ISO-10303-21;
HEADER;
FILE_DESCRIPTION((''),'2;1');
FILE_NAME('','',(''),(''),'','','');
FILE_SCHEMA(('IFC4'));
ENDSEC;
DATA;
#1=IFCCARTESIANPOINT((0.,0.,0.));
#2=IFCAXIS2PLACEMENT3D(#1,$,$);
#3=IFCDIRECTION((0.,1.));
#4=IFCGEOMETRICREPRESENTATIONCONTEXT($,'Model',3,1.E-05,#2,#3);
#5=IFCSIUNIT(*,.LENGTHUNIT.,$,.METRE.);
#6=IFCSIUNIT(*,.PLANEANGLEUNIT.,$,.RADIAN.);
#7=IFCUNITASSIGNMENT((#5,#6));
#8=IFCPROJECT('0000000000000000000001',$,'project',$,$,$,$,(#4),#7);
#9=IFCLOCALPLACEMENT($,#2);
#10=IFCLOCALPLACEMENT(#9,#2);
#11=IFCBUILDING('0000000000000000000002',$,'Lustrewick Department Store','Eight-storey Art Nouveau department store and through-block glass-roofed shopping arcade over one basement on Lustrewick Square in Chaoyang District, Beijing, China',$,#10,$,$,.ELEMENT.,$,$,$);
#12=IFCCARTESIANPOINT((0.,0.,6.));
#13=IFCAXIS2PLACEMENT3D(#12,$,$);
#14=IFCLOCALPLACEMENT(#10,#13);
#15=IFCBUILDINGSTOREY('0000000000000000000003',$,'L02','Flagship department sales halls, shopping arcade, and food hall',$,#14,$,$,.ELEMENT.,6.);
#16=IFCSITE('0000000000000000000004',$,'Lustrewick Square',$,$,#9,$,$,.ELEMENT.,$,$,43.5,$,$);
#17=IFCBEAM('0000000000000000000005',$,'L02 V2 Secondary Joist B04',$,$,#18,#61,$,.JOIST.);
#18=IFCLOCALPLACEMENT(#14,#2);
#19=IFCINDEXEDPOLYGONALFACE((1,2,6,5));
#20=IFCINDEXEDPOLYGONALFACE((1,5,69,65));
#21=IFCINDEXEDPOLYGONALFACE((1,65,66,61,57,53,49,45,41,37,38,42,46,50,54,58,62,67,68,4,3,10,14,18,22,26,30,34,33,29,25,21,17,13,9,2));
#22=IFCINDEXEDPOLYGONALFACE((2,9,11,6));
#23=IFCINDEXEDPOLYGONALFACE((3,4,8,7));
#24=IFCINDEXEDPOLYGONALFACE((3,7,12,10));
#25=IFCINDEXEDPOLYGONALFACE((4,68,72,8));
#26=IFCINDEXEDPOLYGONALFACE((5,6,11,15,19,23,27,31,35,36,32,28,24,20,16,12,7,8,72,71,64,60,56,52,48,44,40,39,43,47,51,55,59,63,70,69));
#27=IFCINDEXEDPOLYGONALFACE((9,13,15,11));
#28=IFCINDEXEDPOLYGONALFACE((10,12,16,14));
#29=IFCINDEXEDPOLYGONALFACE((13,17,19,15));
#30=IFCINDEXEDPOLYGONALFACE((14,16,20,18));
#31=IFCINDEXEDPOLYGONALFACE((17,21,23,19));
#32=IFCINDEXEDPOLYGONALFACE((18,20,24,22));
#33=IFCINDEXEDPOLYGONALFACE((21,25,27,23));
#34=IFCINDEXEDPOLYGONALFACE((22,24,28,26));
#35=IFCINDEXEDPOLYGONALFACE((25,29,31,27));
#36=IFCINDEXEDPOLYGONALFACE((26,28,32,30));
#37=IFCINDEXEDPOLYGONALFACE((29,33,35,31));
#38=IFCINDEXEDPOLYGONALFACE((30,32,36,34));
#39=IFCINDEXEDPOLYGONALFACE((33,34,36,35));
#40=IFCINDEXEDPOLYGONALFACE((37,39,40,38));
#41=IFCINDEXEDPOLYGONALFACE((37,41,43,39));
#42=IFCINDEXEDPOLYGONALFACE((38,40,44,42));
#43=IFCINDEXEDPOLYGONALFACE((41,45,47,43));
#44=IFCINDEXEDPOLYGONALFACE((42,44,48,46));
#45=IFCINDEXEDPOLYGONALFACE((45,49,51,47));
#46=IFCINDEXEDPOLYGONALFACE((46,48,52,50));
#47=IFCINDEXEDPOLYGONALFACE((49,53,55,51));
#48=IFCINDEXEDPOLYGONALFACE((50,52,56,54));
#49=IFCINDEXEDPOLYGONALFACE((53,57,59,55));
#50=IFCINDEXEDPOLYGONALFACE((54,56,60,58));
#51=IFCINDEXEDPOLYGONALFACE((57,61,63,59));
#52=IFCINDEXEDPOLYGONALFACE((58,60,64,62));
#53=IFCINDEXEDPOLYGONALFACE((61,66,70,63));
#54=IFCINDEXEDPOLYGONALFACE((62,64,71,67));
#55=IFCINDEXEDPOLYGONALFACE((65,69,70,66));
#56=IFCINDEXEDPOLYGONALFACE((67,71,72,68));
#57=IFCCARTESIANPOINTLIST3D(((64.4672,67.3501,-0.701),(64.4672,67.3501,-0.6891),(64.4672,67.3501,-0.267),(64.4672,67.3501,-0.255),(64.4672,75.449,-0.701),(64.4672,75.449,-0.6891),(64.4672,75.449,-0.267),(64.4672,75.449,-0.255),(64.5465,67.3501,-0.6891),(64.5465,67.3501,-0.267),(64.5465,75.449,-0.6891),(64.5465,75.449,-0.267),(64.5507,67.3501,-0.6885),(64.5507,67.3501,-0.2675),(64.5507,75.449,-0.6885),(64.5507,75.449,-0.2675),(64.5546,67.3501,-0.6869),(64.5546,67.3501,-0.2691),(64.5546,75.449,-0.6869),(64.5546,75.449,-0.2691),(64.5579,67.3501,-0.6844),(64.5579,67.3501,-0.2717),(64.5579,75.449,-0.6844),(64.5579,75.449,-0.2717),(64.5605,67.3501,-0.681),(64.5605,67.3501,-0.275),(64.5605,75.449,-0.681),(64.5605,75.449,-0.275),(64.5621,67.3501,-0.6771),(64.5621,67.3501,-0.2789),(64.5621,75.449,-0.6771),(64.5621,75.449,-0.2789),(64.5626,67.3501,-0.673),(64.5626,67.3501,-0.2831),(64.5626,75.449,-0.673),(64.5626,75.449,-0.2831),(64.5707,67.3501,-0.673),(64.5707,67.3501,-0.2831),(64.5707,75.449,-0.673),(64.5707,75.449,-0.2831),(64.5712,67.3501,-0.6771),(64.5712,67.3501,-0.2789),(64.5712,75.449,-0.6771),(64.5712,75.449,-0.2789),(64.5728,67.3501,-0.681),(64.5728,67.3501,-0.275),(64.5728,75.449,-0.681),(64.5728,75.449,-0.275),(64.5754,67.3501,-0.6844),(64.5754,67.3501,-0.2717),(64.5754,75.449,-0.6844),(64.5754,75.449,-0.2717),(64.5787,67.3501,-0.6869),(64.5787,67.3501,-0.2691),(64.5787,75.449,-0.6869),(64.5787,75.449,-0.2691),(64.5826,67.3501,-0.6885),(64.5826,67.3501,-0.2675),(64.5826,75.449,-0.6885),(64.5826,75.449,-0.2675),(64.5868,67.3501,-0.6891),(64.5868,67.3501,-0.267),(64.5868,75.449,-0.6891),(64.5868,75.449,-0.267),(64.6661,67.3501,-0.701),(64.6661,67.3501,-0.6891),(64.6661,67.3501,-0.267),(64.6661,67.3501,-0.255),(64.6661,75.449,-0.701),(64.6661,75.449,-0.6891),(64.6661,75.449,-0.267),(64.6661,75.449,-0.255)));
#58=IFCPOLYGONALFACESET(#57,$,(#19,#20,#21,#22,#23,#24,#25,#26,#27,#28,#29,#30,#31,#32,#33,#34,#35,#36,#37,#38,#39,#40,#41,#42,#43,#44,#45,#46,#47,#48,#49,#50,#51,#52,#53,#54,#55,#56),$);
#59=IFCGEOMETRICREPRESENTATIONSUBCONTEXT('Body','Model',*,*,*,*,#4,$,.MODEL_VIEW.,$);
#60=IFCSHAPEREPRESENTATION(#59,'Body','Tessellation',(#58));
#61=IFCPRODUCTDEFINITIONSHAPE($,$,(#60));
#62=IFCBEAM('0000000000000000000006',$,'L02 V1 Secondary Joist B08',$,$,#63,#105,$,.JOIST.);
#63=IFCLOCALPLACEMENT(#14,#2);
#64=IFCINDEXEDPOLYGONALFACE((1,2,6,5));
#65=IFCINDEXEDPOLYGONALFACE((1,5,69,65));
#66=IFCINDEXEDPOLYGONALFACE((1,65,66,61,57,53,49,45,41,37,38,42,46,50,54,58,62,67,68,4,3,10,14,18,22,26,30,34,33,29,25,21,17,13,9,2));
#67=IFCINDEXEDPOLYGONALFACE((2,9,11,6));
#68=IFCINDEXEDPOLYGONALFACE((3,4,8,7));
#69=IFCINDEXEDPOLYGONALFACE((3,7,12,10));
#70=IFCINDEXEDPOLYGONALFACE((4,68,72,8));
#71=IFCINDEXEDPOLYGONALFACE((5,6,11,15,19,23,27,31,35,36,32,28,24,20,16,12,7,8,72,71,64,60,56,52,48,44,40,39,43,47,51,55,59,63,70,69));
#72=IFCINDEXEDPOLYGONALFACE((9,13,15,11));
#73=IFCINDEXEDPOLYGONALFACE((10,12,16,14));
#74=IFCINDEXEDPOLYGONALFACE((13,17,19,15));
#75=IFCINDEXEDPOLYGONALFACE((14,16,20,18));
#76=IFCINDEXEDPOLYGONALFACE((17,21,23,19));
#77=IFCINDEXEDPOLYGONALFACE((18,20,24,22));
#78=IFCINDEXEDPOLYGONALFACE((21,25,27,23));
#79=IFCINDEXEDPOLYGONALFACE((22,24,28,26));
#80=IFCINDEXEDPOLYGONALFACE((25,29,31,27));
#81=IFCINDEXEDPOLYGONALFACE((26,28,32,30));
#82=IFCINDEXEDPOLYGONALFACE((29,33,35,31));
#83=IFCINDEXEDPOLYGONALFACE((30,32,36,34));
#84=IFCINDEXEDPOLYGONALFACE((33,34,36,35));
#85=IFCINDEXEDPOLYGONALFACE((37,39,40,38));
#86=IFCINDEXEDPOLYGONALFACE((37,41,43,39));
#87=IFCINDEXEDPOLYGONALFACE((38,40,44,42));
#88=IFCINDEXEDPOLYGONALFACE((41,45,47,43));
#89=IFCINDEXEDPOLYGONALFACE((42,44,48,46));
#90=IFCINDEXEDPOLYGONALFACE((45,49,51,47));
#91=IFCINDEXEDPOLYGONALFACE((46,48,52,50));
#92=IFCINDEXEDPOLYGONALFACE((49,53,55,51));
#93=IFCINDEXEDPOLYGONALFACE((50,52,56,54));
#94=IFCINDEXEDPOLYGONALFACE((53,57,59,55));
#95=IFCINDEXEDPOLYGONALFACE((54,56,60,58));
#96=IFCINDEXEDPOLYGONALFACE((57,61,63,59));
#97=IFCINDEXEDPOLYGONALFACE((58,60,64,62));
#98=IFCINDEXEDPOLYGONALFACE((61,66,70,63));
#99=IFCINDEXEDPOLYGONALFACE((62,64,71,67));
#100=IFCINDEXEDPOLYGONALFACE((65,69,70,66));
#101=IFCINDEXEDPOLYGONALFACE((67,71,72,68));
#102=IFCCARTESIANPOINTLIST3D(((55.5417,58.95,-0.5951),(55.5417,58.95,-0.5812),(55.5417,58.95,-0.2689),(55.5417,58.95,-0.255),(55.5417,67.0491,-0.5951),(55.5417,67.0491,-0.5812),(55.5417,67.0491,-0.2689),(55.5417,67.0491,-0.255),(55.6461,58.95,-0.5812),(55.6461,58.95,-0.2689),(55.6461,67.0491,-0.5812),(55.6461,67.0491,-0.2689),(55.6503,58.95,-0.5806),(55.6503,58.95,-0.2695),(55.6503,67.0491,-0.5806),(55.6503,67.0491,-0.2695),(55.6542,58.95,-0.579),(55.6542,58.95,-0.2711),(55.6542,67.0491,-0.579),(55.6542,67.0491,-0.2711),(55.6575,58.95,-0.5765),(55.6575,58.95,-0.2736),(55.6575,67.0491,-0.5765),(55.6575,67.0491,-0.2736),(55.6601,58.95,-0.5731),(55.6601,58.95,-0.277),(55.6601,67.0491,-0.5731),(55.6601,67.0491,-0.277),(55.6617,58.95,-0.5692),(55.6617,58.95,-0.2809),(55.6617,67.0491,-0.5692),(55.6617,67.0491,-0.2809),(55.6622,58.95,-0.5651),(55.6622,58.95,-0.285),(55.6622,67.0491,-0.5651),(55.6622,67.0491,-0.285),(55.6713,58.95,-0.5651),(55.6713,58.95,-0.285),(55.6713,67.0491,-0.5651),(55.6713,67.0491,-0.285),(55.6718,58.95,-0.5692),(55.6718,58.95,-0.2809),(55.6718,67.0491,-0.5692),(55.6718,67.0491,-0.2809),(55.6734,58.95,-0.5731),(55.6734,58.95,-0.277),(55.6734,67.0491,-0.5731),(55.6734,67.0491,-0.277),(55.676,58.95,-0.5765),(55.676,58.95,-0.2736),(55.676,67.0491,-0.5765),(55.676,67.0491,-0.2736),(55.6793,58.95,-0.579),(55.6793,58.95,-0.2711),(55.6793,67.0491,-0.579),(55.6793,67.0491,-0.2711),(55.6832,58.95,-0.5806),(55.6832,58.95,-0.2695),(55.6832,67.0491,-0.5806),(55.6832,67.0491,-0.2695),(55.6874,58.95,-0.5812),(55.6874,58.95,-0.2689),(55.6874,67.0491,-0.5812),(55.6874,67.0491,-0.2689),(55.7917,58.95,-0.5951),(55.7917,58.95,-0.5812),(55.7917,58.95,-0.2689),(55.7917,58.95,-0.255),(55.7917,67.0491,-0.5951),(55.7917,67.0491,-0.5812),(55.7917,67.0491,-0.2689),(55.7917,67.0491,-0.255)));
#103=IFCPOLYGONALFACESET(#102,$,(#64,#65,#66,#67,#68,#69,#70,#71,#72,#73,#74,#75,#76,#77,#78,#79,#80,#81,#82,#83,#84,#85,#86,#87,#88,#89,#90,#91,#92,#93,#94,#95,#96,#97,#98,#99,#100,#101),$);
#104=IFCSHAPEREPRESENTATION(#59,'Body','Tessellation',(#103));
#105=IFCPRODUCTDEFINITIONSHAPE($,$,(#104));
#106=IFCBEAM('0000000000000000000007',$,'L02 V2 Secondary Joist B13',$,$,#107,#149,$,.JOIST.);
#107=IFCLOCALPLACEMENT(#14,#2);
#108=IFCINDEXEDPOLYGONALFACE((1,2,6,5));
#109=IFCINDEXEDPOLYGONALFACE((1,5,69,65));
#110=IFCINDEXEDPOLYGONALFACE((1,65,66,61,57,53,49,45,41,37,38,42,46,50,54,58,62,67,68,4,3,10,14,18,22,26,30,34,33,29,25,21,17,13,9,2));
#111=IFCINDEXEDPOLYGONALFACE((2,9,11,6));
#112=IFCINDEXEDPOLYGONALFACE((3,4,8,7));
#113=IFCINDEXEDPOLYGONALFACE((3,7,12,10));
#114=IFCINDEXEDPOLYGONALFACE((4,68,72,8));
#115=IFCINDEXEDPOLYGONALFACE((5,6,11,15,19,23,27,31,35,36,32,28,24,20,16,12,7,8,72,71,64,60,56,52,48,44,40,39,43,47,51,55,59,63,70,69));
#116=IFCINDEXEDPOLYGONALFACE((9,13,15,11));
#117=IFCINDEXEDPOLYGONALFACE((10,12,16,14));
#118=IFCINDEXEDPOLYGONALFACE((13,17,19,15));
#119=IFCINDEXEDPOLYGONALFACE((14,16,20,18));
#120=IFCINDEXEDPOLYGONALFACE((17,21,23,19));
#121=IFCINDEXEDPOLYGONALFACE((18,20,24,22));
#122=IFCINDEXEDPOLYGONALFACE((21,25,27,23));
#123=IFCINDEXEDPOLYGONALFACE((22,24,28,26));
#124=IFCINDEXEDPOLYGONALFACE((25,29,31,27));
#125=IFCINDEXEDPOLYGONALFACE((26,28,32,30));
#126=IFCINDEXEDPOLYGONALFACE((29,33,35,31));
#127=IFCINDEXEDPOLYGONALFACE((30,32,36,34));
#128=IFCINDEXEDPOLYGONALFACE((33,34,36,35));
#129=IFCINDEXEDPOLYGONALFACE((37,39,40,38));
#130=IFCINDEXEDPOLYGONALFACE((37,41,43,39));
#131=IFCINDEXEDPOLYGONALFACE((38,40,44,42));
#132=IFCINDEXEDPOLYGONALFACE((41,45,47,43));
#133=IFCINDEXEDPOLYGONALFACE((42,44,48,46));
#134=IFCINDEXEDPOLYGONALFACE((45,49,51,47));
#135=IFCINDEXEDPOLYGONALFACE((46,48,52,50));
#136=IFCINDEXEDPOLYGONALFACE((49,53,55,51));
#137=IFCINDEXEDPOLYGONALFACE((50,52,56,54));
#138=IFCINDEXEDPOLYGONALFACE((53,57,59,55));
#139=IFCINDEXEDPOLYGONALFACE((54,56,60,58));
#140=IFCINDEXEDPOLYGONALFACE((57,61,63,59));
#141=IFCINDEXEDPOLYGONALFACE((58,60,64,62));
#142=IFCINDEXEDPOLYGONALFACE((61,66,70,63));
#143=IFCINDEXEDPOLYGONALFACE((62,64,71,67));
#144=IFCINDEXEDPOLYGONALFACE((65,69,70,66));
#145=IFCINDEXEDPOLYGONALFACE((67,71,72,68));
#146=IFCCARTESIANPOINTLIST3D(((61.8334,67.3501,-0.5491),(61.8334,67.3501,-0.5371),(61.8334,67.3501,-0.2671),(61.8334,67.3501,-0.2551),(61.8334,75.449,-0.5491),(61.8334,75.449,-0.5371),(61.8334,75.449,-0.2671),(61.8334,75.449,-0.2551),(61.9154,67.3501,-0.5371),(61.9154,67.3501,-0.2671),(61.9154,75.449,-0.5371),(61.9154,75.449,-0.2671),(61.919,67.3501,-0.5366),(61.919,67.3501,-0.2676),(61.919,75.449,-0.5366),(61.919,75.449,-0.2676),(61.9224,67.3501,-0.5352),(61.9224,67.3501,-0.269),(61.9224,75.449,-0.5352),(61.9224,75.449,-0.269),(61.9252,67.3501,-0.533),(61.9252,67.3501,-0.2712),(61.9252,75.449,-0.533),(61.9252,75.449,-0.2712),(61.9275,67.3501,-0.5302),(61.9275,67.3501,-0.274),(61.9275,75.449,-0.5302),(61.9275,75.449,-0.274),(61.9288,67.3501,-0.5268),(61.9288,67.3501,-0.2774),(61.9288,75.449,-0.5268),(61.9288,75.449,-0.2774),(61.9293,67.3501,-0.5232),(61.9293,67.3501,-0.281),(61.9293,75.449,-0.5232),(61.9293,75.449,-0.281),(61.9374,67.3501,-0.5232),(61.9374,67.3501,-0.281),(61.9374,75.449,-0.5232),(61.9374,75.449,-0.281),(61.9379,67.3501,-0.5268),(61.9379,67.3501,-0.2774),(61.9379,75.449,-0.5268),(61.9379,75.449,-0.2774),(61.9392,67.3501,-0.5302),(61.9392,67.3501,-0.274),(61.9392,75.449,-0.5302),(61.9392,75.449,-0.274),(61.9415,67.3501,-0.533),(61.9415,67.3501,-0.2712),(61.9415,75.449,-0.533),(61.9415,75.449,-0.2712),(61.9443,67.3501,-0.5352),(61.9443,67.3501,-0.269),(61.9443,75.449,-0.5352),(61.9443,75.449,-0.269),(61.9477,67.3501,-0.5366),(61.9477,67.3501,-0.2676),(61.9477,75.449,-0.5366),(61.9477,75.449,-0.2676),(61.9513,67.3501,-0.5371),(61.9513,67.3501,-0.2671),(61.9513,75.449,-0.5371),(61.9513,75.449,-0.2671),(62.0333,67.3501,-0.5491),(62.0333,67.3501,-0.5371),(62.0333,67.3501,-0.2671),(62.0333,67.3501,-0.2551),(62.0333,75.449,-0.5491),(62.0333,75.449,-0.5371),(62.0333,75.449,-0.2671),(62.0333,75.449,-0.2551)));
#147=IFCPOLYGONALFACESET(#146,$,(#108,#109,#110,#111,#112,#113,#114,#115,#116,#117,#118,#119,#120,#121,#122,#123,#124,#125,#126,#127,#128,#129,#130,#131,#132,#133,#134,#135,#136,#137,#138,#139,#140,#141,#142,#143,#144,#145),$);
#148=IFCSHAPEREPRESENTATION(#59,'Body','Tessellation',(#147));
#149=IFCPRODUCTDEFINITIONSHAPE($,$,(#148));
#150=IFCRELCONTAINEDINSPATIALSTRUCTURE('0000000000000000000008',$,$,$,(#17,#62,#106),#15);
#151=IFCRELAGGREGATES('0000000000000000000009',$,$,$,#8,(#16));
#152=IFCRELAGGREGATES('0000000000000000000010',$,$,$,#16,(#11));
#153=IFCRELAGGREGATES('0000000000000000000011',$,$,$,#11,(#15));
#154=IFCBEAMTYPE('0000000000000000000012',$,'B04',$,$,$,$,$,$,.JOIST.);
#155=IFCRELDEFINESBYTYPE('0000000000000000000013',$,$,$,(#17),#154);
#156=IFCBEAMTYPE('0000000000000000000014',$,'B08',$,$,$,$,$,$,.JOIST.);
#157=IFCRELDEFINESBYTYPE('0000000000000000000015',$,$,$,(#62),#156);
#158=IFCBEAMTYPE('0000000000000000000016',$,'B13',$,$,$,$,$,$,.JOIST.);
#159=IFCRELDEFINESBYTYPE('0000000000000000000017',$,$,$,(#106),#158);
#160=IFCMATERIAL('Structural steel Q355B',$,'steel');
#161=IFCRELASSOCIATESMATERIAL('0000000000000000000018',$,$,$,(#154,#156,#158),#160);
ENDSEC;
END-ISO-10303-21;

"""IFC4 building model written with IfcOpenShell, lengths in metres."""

from ifc_helpers import new_model, si_unit, direction, frame, origin, origin_2d, place, context, subcontext, project, spatial, i_section, extrude, material, material_profile, profile_set, type_object, element, save


model = new_model("IFC4")

# Units and contexts
model_context = context("Model", 3, precision=1e-05, world=origin(), true_north=direction((0.0, 1.0)))
body_context = subcontext(model_context, "Body", "Model", "MODEL_VIEW")
ifc_project = project(units=[si_unit("LENGTHUNIT", "METRE"), si_unit("PLANEANGLEUNIT", "RADIAN")], contexts=[model_context])

# Site, building, storey
site_placement = place(None, origin())
site = spatial("IfcSite", under=ifc_project, at=site_placement, Name="Lustrewick Square", CompositionType="ELEMENT", RefElevation=43.5)
building_placement = place(site_placement, origin())
building = spatial("IfcBuilding", under=site, at=building_placement, Name="Lustrewick Department Store", Description="Eight-storey Art Nouveau department store and through-block glass-roofed shopping arcade over one basement on Lustrewick Square in Chaoyang District, Beijing, China", CompositionType="ELEMENT")
storey_placement = place(building_placement, frame((0.0, 0.0, 6.0)))
storey = spatial("IfcBuildingStorey", under=building, at=storey_placement, Name="L02", Description="Flagship department sales halls, shopping arcade, and food hall", CompositionType="ELEMENT", Elevation=6.0)

# Shared definitions
ifc_material_1 = material(Name="Structural steel Q355B", Category="steel")

# Beams
ifc_material_profile_1 = material_profile(ifc_material_1, i_section(OverallWidth=0.199, OverallDepth=0.446, WebThickness=0.0081, FlangeThickness=0.012, FilletRadius=0.0161, at=origin_2d()), Name="HN 446x199x8x12")
ifc_profile_set_1 = profile_set([ifc_material_profile_1], Name="Structural steel Q355B")
beam_type_1 = type_object("IfcBeamType", Name="B04", PredefinedType="JOIST", material=ifc_profile_set_1)
beam_1_placement = place(storey_placement, frame((64.5667, 67.3501, -0.478), z_axis=(0.0, 1.0, 0.0), x_axis=(-1.0, 0.0, 0.0)))
element("IfcBeam", 1, at=beam_1_placement, inside=storey, type_object=beam_type_1, Name="L02 V2 Secondary Joist B04", PredefinedType="JOIST", context=body_context, shape_type="SweptSolid", body=[
    extrude(i_section(OverallWidth=0.199, OverallDepth=0.446, WebThickness=0.0081, FlangeThickness=0.012, FilletRadius=0.0161, at=origin_2d()), origin(), (0.0, 0.0, 1.0), 8.0989),
])
ifc_material_profile_2 = material_profile(ifc_material_1, i_section(OverallWidth=0.25, OverallDepth=0.3401, WebThickness=0.009, FlangeThickness=0.0139, FilletRadius=0.0161, at=origin_2d()), Name="HM 340x250x9x14")
ifc_profile_set_2 = profile_set([ifc_material_profile_2], Name="Structural steel Q355B")
beam_type_2 = type_object("IfcBeamType", Name="B08", PredefinedType="JOIST", material=ifc_profile_set_2)
beam_2_placement = place(storey_placement, frame((55.6667, 58.95, -0.425), z_axis=(0.0, 1.0, 0.0), x_axis=(-1.0, 0.0, 0.0)))
element("IfcBeam", 2, at=beam_2_placement, inside=storey, type_object=beam_type_2, Name="L02 V1 Secondary Joist B08", PredefinedType="JOIST", context=body_context, shape_type="SweptSolid", body=[
    extrude(i_section(OverallWidth=0.25, OverallDepth=0.3401, WebThickness=0.009, FlangeThickness=0.0139, FilletRadius=0.0161, at=origin_2d()), origin(), (0.0, 0.0, 1.0), 8.0991),
])
ifc_material_profile_3 = material_profile(ifc_material_1, i_section(OverallWidth=0.2, OverallDepth=0.2939, WebThickness=0.0081, FlangeThickness=0.012, FilletRadius=0.0139, at=origin_2d()), Name="HM 294x200x8x12")
ifc_profile_set_3 = profile_set([ifc_material_profile_3], Name="Structural steel Q355B")
beam_type_3 = type_object("IfcBeamType", Name="B13", PredefinedType="JOIST", material=ifc_profile_set_3)
beam_3_placement = place(storey_placement, frame((61.9333, 67.3501, -0.4021), z_axis=(0.0, 1.0, 0.0), x_axis=(-1.0, 0.0, 0.0)))
element("IfcBeam", 3, at=beam_3_placement, inside=storey, type_object=beam_type_3, Name="L02 V2 Secondary Joist B13", PredefinedType="JOIST", context=body_context, shape_type="SweptSolid", body=[
    extrude(i_section(OverallWidth=0.2, OverallDepth=0.2939, WebThickness=0.0081, FlangeThickness=0.012, FilletRadius=0.0139, at=origin_2d()), origin(), (0.0, 0.0, 1.0), 8.0989),
])

save(model, "model.ifc")
